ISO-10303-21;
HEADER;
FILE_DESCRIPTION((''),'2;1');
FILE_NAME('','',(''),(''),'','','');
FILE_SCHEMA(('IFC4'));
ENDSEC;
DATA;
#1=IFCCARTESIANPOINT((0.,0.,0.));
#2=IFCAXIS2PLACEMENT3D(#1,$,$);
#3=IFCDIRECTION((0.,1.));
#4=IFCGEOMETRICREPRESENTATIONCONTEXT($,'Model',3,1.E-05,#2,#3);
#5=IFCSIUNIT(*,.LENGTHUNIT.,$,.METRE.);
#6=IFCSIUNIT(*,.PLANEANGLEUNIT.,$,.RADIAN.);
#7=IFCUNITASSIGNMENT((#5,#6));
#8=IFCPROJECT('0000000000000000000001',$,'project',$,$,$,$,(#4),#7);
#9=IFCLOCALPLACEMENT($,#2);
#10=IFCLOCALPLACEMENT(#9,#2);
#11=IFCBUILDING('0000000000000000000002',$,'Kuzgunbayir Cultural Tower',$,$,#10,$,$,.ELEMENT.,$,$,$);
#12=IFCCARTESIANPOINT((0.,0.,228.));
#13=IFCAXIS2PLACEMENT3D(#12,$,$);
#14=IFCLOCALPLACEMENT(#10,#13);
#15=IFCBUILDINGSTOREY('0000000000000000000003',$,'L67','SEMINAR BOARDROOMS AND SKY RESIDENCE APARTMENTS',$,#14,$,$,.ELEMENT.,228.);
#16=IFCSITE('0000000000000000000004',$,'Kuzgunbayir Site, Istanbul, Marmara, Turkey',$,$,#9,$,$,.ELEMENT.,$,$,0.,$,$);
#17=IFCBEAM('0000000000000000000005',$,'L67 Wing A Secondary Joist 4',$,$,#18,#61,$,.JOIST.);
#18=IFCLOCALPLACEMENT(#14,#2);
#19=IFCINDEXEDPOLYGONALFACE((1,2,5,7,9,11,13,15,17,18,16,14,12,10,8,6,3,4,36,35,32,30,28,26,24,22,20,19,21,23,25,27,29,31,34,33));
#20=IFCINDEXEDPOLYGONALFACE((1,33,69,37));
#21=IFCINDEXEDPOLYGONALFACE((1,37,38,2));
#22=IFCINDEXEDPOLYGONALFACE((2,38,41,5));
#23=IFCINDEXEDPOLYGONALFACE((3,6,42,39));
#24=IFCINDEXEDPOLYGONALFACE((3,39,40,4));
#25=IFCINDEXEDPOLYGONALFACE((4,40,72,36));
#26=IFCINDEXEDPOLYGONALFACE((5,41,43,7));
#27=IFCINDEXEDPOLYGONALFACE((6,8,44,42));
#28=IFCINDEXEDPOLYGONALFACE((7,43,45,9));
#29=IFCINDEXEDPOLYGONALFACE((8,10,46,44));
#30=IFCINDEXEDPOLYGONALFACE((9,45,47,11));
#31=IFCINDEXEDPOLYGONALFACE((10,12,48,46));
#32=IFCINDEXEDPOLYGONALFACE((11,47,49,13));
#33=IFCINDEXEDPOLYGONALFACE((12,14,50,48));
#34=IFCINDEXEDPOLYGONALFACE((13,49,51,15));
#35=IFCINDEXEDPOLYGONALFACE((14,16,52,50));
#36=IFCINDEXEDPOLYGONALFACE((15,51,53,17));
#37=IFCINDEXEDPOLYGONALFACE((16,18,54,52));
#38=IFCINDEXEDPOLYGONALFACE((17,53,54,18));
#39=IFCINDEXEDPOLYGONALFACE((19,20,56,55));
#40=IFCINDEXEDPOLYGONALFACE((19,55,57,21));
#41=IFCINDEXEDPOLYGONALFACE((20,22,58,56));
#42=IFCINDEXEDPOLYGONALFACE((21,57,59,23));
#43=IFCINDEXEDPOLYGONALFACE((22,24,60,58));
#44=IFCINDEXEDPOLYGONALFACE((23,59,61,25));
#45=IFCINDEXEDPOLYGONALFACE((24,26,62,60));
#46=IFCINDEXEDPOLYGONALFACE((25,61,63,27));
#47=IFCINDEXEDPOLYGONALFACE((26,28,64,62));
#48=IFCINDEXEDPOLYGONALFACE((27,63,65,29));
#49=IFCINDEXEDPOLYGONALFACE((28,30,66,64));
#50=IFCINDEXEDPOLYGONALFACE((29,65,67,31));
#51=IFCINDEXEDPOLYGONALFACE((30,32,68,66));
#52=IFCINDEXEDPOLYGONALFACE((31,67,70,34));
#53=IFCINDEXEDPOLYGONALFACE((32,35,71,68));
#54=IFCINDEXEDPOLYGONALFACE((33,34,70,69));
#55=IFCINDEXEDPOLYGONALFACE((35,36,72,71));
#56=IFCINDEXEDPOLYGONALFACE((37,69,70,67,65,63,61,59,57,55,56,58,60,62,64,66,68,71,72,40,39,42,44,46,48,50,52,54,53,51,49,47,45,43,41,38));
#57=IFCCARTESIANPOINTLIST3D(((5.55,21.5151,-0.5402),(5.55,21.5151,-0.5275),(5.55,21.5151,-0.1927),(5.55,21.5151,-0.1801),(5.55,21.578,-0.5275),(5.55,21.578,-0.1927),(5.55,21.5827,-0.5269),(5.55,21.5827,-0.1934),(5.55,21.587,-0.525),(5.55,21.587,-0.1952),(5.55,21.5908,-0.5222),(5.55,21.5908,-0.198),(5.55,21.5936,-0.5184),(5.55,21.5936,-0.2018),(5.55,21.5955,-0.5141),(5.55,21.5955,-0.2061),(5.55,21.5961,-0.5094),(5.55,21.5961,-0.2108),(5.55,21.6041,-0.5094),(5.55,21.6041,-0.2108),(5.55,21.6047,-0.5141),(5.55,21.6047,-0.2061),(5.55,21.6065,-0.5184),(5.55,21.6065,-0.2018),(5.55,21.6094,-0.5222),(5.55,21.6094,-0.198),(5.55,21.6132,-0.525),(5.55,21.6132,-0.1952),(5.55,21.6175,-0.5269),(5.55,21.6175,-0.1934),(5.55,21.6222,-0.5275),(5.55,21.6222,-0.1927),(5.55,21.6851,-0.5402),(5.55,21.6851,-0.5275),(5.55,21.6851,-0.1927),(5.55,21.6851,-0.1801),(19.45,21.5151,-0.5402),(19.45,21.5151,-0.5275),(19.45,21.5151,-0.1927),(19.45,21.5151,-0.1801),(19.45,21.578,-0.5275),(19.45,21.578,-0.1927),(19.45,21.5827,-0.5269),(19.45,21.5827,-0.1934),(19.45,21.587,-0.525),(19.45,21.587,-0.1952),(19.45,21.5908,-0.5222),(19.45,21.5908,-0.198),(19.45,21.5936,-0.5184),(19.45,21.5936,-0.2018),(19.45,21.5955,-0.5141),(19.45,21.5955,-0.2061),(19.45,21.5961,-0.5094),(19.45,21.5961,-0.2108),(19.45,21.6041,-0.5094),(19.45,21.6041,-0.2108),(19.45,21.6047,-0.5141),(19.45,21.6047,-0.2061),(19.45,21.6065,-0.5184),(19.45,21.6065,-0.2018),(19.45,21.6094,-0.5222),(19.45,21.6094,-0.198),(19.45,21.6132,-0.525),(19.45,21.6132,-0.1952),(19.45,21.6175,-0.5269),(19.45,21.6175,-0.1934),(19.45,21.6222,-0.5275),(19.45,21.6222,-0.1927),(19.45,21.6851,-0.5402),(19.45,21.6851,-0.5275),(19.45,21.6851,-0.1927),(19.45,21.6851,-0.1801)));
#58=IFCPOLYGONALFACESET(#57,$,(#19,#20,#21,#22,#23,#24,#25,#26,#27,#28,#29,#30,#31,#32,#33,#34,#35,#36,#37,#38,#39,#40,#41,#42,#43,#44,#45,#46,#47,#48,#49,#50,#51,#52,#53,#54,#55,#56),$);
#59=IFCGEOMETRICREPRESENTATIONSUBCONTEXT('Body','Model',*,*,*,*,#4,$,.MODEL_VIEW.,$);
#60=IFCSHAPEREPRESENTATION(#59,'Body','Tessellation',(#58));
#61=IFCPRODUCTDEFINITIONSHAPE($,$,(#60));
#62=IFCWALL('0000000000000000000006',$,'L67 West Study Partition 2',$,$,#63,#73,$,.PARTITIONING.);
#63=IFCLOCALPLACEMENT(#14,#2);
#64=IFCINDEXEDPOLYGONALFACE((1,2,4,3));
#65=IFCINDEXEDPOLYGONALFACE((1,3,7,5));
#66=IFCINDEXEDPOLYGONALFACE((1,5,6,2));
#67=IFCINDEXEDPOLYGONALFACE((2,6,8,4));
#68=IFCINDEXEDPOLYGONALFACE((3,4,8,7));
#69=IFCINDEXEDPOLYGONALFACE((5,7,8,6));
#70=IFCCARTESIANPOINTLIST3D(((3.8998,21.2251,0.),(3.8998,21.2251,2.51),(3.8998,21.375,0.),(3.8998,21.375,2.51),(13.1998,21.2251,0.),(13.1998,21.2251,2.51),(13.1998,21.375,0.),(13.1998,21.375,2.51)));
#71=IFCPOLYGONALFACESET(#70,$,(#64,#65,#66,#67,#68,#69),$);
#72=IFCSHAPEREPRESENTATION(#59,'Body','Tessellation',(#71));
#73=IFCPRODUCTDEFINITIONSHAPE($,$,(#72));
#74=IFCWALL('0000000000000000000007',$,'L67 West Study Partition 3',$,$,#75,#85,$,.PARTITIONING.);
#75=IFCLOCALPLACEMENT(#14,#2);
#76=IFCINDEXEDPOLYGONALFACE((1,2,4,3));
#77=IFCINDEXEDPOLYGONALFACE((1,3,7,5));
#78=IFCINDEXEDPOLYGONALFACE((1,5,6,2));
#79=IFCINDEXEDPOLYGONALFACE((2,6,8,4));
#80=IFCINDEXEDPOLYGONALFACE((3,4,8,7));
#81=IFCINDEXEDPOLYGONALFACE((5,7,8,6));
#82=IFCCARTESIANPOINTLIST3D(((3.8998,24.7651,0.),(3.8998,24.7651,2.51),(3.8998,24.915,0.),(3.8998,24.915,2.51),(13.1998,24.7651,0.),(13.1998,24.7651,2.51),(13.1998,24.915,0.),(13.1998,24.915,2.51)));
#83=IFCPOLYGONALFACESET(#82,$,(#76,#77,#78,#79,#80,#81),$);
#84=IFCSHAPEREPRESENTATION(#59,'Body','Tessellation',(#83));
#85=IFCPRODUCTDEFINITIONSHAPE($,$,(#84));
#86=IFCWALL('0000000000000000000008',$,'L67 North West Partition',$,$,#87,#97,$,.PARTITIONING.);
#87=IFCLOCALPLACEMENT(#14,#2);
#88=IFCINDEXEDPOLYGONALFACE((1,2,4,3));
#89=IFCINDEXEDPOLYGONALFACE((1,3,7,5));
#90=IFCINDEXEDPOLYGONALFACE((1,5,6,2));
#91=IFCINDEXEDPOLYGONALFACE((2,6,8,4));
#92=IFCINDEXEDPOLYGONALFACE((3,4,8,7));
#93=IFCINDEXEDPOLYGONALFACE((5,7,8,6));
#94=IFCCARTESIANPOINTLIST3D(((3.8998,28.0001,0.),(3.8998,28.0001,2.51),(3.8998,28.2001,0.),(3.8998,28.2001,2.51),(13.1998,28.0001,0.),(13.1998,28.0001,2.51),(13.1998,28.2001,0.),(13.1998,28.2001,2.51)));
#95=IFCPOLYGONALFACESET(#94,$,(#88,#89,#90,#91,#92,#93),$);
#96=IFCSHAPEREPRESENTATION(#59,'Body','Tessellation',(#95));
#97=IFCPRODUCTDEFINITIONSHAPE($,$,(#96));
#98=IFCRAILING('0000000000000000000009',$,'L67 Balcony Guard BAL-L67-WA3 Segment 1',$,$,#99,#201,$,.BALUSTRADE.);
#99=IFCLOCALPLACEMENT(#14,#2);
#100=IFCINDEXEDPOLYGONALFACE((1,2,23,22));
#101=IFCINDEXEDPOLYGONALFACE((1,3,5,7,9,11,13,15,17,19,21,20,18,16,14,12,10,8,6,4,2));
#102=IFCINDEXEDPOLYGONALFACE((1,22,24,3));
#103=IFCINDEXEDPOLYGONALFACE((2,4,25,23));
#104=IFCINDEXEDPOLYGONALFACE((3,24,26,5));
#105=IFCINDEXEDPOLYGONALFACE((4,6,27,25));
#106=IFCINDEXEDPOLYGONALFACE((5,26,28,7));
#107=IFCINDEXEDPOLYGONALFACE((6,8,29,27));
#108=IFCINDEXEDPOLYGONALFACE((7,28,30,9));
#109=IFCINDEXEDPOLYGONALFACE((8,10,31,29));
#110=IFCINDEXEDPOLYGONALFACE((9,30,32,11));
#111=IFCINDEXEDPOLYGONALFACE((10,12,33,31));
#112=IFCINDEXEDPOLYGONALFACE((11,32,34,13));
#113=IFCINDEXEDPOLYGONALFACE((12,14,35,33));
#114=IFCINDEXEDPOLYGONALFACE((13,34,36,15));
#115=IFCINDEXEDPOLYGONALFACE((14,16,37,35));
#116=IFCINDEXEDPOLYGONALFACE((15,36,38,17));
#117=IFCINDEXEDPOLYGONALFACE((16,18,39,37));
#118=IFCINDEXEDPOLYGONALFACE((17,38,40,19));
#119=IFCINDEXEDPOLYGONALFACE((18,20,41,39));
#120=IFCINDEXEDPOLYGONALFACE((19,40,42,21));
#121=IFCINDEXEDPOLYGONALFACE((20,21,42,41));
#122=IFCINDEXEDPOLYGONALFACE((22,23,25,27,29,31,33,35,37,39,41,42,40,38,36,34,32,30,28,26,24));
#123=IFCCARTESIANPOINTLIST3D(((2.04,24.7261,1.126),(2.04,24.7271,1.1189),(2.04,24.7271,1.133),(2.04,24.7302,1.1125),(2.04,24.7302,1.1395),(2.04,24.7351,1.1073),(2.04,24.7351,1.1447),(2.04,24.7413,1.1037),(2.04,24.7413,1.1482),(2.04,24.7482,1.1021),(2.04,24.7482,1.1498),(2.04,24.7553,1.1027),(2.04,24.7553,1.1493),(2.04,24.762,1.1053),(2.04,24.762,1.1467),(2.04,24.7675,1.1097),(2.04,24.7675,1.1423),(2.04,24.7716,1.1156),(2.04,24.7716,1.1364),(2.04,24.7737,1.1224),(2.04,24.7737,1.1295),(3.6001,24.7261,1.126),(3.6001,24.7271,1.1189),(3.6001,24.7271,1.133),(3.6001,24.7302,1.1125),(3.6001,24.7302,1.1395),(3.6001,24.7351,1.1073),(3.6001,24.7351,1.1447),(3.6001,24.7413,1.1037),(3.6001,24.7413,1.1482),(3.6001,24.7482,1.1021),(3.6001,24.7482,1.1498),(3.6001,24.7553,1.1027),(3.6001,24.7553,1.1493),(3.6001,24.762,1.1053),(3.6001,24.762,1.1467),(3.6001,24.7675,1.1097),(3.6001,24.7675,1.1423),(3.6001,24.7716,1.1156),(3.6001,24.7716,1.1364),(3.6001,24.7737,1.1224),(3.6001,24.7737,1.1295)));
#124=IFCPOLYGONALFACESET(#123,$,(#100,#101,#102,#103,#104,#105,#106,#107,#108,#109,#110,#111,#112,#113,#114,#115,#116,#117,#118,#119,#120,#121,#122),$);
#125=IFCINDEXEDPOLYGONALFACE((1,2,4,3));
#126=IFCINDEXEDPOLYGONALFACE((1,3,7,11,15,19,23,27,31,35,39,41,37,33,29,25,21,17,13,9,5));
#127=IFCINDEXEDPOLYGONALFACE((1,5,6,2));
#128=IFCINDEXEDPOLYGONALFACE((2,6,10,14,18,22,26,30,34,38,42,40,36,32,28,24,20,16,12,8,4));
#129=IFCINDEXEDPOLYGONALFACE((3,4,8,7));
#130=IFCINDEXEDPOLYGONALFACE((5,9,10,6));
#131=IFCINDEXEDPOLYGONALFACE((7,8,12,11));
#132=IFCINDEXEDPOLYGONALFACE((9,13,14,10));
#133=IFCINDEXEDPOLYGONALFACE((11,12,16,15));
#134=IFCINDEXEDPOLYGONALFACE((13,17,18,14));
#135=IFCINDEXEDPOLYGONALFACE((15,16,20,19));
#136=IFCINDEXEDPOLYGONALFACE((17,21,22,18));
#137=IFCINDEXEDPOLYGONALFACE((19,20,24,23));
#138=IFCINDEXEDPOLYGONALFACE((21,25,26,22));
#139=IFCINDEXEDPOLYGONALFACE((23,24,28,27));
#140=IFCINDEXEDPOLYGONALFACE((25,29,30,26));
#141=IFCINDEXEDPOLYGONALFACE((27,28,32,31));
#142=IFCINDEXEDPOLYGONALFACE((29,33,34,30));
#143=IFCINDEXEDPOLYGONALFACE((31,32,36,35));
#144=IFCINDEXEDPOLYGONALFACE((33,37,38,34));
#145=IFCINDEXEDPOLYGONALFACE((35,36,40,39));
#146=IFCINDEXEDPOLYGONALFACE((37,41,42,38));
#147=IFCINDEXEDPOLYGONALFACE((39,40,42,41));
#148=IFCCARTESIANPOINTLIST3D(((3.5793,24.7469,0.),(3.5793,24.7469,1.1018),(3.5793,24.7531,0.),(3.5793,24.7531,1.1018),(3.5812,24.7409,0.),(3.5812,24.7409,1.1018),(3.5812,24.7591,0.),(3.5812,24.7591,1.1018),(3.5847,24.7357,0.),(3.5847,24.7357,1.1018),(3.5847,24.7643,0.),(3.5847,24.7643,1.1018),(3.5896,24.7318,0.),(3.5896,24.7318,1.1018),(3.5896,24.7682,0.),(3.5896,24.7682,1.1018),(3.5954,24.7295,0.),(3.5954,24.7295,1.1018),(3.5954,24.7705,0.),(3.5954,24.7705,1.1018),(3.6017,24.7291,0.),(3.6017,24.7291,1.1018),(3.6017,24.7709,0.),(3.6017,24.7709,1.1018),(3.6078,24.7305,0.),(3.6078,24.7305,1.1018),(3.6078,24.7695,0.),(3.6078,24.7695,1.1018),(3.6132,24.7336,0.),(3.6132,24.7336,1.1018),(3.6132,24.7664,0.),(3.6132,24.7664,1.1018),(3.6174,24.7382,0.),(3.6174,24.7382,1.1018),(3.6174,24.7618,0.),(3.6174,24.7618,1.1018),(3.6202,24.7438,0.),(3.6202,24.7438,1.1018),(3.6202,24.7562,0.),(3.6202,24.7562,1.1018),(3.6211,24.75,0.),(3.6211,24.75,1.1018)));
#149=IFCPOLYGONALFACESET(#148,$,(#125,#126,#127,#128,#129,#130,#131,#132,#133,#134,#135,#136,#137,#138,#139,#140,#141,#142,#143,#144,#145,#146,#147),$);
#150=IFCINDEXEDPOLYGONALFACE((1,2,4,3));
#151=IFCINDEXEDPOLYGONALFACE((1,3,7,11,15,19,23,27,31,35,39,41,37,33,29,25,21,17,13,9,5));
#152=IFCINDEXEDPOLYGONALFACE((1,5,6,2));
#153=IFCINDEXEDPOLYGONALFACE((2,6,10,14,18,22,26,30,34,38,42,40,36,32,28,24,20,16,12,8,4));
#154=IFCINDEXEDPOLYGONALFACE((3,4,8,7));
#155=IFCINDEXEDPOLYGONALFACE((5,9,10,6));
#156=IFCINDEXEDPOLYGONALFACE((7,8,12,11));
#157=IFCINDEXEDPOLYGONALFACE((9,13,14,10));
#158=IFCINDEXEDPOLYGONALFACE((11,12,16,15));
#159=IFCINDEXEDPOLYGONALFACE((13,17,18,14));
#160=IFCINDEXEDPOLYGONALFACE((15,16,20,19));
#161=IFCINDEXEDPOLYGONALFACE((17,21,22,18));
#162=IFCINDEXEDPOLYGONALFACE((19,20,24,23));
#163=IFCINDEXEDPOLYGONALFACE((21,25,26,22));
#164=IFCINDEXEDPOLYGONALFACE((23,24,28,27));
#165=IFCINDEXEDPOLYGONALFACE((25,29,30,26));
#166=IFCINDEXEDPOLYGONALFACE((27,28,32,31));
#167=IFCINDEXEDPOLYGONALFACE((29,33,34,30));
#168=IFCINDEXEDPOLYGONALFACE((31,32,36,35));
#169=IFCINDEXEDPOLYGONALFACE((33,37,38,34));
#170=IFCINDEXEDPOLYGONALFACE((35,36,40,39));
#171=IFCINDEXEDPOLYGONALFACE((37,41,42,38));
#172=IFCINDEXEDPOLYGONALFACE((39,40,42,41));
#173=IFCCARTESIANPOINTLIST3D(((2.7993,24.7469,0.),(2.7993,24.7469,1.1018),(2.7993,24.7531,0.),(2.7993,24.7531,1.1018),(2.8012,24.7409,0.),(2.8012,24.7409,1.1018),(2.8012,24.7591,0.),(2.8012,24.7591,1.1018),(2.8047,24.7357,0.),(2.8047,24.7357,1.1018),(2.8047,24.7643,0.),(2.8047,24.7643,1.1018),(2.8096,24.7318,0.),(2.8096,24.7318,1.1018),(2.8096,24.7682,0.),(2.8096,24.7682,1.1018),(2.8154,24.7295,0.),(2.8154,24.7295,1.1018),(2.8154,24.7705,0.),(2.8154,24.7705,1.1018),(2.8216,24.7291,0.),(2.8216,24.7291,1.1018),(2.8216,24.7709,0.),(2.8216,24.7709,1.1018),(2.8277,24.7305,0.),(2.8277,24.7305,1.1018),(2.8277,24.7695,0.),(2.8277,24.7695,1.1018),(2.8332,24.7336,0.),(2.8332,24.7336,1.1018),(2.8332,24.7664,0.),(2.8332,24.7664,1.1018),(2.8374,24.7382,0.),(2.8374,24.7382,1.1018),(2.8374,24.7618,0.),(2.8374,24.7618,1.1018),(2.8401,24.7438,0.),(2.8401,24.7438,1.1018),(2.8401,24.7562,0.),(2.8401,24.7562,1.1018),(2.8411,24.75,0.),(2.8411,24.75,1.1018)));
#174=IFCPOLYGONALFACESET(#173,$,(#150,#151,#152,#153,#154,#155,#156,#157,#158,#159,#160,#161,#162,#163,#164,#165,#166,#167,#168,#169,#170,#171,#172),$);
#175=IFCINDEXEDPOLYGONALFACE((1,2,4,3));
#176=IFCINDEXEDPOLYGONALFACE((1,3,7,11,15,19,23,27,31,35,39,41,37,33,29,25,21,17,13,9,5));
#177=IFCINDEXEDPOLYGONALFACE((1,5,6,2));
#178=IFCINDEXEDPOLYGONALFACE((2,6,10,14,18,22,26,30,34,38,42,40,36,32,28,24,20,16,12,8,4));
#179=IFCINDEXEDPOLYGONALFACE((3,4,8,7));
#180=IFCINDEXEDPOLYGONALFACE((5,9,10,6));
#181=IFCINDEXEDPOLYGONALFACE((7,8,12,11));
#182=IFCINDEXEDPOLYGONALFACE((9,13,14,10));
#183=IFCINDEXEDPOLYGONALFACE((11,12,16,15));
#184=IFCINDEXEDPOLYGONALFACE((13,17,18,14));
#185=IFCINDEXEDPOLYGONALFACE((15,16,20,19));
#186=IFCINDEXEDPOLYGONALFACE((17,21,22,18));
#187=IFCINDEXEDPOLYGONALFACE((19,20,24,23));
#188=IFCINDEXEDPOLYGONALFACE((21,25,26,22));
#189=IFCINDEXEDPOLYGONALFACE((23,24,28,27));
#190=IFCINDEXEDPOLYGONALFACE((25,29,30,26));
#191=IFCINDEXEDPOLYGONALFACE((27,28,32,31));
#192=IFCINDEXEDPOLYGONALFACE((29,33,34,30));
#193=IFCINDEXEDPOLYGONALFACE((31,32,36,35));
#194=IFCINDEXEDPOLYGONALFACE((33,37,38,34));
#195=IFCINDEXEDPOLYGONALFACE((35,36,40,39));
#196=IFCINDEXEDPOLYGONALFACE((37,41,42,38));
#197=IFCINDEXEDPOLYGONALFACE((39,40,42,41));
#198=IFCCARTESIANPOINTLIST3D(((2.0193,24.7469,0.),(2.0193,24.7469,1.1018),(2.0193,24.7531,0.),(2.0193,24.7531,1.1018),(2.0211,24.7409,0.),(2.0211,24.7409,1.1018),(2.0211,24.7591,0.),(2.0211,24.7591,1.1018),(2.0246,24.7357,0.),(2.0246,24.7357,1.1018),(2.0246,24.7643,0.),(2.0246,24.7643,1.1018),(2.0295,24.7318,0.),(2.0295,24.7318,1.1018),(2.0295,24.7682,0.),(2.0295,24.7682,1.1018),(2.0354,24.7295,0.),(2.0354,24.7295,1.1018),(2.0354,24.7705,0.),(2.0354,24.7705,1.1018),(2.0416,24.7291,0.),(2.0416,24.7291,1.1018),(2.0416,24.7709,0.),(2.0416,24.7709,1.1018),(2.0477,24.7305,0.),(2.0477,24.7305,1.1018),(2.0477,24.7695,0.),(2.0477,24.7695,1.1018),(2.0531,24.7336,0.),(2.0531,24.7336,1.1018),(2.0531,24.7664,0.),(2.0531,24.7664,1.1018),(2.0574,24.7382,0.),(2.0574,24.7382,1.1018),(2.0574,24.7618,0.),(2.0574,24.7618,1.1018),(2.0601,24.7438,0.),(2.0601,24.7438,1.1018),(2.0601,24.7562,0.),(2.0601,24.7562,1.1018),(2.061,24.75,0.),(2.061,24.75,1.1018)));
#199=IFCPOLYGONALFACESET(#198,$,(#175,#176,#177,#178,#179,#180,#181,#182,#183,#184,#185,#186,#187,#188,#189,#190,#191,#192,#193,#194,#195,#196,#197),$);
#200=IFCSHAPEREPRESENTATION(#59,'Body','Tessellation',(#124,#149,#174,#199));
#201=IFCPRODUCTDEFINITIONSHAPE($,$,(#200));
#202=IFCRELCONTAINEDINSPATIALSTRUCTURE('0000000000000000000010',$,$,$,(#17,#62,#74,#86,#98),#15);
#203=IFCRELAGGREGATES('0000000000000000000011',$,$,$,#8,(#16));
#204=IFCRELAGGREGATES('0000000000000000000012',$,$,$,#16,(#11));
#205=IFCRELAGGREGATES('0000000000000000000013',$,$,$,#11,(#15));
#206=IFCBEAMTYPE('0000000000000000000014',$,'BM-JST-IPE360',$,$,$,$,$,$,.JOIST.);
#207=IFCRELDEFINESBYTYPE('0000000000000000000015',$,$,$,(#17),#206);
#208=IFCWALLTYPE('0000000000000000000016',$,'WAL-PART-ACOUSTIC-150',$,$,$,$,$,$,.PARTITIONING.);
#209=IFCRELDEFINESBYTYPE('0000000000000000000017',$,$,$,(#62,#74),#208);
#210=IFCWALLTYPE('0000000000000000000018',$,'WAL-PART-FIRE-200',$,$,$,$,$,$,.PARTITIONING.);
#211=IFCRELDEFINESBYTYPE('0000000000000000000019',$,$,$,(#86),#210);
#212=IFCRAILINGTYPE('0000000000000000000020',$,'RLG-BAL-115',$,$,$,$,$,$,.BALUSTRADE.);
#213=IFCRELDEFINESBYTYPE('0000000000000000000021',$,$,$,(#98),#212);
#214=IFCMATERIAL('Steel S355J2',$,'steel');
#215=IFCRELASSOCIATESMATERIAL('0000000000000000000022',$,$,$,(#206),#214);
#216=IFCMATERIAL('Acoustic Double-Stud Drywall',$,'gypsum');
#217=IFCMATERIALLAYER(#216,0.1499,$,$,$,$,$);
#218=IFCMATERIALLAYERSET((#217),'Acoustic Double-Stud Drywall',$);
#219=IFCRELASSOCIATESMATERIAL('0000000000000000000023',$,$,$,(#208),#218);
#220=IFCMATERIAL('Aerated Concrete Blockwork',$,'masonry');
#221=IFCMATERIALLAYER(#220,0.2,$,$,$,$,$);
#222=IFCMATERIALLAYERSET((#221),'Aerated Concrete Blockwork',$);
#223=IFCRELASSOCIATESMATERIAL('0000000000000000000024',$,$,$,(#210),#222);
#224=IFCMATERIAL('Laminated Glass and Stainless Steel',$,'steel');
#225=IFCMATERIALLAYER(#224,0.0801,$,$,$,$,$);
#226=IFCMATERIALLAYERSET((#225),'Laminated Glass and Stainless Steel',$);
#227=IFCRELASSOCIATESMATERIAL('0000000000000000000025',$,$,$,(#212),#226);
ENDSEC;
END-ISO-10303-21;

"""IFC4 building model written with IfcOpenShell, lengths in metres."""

from ifc_helpers import new_model, si_unit, direction, frame, frame_2d, origin, origin_2d, place, context, subcontext, project, spatial, rectangle, circle, i_section, extrude, material, layer, layer_set, material_profile, profile_set, type_object, element, save


model = new_model("IFC4")

# Units and contexts
model_context = context("Model", 3, precision=1e-05, world=origin(), true_north=direction((0.0, 1.0)))
body_context = subcontext(model_context, "Body", "Model", "MODEL_VIEW")
ifc_project = project(units=[si_unit("LENGTHUNIT", "METRE"), si_unit("PLANEANGLEUNIT", "RADIAN")], contexts=[model_context])

# Site, building, storey
site_placement = place(None, origin())
site = spatial("IfcSite", under=ifc_project, at=site_placement, Name="Kuzgunbayir Site, Istanbul, Marmara, Turkey", CompositionType="ELEMENT", RefElevation=0.0)
building_placement = place(site_placement, origin())
building = spatial("IfcBuilding", under=site, at=building_placement, Name="Kuzgunbayir Cultural Tower", CompositionType="ELEMENT")
storey_placement = place(building_placement, frame((0.0, 0.0, 228.0)))
storey = spatial("IfcBuildingStorey", under=building, at=storey_placement, Name="L67", Description="SEMINAR BOARDROOMS AND SKY RESIDENCE APARTMENTS", CompositionType="ELEMENT", Elevation=228.0)

# Beam
ifc_material_1 = material(Name="Steel S355J2", Category="steel")
ifc_material_profile_1 = material_profile(ifc_material_1, i_section(OverallWidth=0.1699, OverallDepth=0.3601, WebThickness=0.0081, FlangeThickness=0.0127, FilletRadius=0.0181, at=origin_2d()), Name="IPE 360")
ifc_profile_set_1 = profile_set([ifc_material_profile_1], Name="Steel S355J2")
beam_type_1 = type_object("IfcBeamType", Name="BM-JST-IPE360", PredefinedType="JOIST", material=ifc_profile_set_1)
beam_1_placement = place(storey_placement, frame((5.55, 21.6001, -0.3601), z_axis=(1.0, 0.0, 0.0), x_axis=(0.0, 1.0, 0.0)))
element("IfcBeam", 1, at=beam_1_placement, inside=storey, type_object=beam_type_1, Name="L67 Wing A Secondary Joist 4", PredefinedType="JOIST", context=body_context, shape_type="SweptSolid", body=[
    extrude(i_section(OverallWidth=0.1699, OverallDepth=0.3601, WebThickness=0.0081, FlangeThickness=0.0127, FilletRadius=0.0181, at=origin_2d()), origin(), (0.0, 0.0, 1.0), 13.8999),
])

# Walls
ifc_material_2 = material(Name="Acoustic Double-Stud Drywall", Category="gypsum")
ifc_layer_1 = layer(ifc_material_2, 0.1499)
ifc_layer_set_1 = layer_set([ifc_layer_1], Name="Acoustic Double-Stud Drywall")
wall_type_1 = type_object("IfcWallType", Name="WAL-PART-ACOUSTIC-150", PredefinedType="PARTITIONING", material=ifc_layer_set_1)
for number, where, z_axis, x_axis, name in (
    (2, (3.8999, 21.3, 0.0), (0.0, 0.0, 1.0), (1.0, 0.0, 0.0), "L67 West Study Partition 2"),
    (3, (3.8999, 24.8401, 0.0), (0.0, 0.0, 1.0), (1.0, 0.0, 0.0), "L67 West Study Partition 3"),
):
    element("IfcWall", number, at=place(storey_placement, frame(where, z_axis=z_axis, x_axis=x_axis)), inside=storey, type_object=wall_type_1, Name=name, PredefinedType="PARTITIONING", context=body_context, shape_type="SweptSolid", body=[
        extrude(rectangle(XDim=9.3, YDim=0.1499, at=frame_2d((4.6499, 0.0))), origin(), (0.0, 0.0, 1.0), 2.51),
    ])
ifc_material_3 = material(Name="Aerated Concrete Blockwork", Category="masonry")
ifc_layer_2 = layer(ifc_material_3, 0.2)
ifc_layer_set_2 = layer_set([ifc_layer_2], Name="Aerated Concrete Blockwork")
wall_type_2 = type_object("IfcWallType", Name="WAL-PART-FIRE-200", PredefinedType="PARTITIONING", material=ifc_layer_set_2)
wall_placement = place(storey_placement, frame((3.8999, 28.1001, 0.0), z_axis=(0.0, 0.0, 1.0), x_axis=(1.0, 0.0, 0.0)))
element("IfcWall", 4, at=wall_placement, inside=storey, type_object=wall_type_2, Name="L67 North West Partition", PredefinedType="PARTITIONING", context=body_context, shape_type="SweptSolid", body=[
    extrude(rectangle(XDim=9.3, YDim=0.2, at=frame_2d((4.6499, 0.0))), origin(), (0.0, 0.0, 1.0), 2.51),
])

# Railing
ifc_material_4 = material(Name="Laminated Glass and Stainless Steel", Category="steel")
ifc_layer_3 = layer(ifc_material_4, 0.0801)
ifc_layer_set_3 = layer_set([ifc_layer_3], Name="Laminated Glass and Stainless Steel")
railing_type = type_object("IfcRailingType", Name="RLG-BAL-115", PredefinedType="BALUSTRADE", material=ifc_layer_set_3)
railing_1_placement = place(storey_placement, frame((3.6001, 24.75, 0.0)))
element("IfcRailing", 5, at=railing_1_placement, inside=storey, type_object=railing_type, Name="L67 Balcony Guard BAL-L67-WA3 Segment 1", PredefinedType="BALUSTRADE", context=body_context, shape_type="SweptSolid", body=[
    extrude(circle(Radius=0.0239, at=origin_2d()), frame((0.0, 0.0, 1.126), z_axis=(-1.0, 0.0, 0.0), x_axis=(0.0, -1.0, 0.0)), (0.0, 0.0, 1.0), 1.5601),
    extrude(circle(Radius=0.021, at=origin_2d()), origin(), (0.0, 0.0, 1.0), 1.1018),
    extrude(circle(Radius=0.021, at=origin_2d()), frame((-0.78, 0.0, 0.0)), (0.0, 0.0, 1.0), 1.1018),
    extrude(circle(Radius=0.021, at=origin_2d()), frame((-1.5601, 0.0, 0.0)), (0.0, 0.0, 1.0), 1.1018),
])

save(model, "model.ifc")
